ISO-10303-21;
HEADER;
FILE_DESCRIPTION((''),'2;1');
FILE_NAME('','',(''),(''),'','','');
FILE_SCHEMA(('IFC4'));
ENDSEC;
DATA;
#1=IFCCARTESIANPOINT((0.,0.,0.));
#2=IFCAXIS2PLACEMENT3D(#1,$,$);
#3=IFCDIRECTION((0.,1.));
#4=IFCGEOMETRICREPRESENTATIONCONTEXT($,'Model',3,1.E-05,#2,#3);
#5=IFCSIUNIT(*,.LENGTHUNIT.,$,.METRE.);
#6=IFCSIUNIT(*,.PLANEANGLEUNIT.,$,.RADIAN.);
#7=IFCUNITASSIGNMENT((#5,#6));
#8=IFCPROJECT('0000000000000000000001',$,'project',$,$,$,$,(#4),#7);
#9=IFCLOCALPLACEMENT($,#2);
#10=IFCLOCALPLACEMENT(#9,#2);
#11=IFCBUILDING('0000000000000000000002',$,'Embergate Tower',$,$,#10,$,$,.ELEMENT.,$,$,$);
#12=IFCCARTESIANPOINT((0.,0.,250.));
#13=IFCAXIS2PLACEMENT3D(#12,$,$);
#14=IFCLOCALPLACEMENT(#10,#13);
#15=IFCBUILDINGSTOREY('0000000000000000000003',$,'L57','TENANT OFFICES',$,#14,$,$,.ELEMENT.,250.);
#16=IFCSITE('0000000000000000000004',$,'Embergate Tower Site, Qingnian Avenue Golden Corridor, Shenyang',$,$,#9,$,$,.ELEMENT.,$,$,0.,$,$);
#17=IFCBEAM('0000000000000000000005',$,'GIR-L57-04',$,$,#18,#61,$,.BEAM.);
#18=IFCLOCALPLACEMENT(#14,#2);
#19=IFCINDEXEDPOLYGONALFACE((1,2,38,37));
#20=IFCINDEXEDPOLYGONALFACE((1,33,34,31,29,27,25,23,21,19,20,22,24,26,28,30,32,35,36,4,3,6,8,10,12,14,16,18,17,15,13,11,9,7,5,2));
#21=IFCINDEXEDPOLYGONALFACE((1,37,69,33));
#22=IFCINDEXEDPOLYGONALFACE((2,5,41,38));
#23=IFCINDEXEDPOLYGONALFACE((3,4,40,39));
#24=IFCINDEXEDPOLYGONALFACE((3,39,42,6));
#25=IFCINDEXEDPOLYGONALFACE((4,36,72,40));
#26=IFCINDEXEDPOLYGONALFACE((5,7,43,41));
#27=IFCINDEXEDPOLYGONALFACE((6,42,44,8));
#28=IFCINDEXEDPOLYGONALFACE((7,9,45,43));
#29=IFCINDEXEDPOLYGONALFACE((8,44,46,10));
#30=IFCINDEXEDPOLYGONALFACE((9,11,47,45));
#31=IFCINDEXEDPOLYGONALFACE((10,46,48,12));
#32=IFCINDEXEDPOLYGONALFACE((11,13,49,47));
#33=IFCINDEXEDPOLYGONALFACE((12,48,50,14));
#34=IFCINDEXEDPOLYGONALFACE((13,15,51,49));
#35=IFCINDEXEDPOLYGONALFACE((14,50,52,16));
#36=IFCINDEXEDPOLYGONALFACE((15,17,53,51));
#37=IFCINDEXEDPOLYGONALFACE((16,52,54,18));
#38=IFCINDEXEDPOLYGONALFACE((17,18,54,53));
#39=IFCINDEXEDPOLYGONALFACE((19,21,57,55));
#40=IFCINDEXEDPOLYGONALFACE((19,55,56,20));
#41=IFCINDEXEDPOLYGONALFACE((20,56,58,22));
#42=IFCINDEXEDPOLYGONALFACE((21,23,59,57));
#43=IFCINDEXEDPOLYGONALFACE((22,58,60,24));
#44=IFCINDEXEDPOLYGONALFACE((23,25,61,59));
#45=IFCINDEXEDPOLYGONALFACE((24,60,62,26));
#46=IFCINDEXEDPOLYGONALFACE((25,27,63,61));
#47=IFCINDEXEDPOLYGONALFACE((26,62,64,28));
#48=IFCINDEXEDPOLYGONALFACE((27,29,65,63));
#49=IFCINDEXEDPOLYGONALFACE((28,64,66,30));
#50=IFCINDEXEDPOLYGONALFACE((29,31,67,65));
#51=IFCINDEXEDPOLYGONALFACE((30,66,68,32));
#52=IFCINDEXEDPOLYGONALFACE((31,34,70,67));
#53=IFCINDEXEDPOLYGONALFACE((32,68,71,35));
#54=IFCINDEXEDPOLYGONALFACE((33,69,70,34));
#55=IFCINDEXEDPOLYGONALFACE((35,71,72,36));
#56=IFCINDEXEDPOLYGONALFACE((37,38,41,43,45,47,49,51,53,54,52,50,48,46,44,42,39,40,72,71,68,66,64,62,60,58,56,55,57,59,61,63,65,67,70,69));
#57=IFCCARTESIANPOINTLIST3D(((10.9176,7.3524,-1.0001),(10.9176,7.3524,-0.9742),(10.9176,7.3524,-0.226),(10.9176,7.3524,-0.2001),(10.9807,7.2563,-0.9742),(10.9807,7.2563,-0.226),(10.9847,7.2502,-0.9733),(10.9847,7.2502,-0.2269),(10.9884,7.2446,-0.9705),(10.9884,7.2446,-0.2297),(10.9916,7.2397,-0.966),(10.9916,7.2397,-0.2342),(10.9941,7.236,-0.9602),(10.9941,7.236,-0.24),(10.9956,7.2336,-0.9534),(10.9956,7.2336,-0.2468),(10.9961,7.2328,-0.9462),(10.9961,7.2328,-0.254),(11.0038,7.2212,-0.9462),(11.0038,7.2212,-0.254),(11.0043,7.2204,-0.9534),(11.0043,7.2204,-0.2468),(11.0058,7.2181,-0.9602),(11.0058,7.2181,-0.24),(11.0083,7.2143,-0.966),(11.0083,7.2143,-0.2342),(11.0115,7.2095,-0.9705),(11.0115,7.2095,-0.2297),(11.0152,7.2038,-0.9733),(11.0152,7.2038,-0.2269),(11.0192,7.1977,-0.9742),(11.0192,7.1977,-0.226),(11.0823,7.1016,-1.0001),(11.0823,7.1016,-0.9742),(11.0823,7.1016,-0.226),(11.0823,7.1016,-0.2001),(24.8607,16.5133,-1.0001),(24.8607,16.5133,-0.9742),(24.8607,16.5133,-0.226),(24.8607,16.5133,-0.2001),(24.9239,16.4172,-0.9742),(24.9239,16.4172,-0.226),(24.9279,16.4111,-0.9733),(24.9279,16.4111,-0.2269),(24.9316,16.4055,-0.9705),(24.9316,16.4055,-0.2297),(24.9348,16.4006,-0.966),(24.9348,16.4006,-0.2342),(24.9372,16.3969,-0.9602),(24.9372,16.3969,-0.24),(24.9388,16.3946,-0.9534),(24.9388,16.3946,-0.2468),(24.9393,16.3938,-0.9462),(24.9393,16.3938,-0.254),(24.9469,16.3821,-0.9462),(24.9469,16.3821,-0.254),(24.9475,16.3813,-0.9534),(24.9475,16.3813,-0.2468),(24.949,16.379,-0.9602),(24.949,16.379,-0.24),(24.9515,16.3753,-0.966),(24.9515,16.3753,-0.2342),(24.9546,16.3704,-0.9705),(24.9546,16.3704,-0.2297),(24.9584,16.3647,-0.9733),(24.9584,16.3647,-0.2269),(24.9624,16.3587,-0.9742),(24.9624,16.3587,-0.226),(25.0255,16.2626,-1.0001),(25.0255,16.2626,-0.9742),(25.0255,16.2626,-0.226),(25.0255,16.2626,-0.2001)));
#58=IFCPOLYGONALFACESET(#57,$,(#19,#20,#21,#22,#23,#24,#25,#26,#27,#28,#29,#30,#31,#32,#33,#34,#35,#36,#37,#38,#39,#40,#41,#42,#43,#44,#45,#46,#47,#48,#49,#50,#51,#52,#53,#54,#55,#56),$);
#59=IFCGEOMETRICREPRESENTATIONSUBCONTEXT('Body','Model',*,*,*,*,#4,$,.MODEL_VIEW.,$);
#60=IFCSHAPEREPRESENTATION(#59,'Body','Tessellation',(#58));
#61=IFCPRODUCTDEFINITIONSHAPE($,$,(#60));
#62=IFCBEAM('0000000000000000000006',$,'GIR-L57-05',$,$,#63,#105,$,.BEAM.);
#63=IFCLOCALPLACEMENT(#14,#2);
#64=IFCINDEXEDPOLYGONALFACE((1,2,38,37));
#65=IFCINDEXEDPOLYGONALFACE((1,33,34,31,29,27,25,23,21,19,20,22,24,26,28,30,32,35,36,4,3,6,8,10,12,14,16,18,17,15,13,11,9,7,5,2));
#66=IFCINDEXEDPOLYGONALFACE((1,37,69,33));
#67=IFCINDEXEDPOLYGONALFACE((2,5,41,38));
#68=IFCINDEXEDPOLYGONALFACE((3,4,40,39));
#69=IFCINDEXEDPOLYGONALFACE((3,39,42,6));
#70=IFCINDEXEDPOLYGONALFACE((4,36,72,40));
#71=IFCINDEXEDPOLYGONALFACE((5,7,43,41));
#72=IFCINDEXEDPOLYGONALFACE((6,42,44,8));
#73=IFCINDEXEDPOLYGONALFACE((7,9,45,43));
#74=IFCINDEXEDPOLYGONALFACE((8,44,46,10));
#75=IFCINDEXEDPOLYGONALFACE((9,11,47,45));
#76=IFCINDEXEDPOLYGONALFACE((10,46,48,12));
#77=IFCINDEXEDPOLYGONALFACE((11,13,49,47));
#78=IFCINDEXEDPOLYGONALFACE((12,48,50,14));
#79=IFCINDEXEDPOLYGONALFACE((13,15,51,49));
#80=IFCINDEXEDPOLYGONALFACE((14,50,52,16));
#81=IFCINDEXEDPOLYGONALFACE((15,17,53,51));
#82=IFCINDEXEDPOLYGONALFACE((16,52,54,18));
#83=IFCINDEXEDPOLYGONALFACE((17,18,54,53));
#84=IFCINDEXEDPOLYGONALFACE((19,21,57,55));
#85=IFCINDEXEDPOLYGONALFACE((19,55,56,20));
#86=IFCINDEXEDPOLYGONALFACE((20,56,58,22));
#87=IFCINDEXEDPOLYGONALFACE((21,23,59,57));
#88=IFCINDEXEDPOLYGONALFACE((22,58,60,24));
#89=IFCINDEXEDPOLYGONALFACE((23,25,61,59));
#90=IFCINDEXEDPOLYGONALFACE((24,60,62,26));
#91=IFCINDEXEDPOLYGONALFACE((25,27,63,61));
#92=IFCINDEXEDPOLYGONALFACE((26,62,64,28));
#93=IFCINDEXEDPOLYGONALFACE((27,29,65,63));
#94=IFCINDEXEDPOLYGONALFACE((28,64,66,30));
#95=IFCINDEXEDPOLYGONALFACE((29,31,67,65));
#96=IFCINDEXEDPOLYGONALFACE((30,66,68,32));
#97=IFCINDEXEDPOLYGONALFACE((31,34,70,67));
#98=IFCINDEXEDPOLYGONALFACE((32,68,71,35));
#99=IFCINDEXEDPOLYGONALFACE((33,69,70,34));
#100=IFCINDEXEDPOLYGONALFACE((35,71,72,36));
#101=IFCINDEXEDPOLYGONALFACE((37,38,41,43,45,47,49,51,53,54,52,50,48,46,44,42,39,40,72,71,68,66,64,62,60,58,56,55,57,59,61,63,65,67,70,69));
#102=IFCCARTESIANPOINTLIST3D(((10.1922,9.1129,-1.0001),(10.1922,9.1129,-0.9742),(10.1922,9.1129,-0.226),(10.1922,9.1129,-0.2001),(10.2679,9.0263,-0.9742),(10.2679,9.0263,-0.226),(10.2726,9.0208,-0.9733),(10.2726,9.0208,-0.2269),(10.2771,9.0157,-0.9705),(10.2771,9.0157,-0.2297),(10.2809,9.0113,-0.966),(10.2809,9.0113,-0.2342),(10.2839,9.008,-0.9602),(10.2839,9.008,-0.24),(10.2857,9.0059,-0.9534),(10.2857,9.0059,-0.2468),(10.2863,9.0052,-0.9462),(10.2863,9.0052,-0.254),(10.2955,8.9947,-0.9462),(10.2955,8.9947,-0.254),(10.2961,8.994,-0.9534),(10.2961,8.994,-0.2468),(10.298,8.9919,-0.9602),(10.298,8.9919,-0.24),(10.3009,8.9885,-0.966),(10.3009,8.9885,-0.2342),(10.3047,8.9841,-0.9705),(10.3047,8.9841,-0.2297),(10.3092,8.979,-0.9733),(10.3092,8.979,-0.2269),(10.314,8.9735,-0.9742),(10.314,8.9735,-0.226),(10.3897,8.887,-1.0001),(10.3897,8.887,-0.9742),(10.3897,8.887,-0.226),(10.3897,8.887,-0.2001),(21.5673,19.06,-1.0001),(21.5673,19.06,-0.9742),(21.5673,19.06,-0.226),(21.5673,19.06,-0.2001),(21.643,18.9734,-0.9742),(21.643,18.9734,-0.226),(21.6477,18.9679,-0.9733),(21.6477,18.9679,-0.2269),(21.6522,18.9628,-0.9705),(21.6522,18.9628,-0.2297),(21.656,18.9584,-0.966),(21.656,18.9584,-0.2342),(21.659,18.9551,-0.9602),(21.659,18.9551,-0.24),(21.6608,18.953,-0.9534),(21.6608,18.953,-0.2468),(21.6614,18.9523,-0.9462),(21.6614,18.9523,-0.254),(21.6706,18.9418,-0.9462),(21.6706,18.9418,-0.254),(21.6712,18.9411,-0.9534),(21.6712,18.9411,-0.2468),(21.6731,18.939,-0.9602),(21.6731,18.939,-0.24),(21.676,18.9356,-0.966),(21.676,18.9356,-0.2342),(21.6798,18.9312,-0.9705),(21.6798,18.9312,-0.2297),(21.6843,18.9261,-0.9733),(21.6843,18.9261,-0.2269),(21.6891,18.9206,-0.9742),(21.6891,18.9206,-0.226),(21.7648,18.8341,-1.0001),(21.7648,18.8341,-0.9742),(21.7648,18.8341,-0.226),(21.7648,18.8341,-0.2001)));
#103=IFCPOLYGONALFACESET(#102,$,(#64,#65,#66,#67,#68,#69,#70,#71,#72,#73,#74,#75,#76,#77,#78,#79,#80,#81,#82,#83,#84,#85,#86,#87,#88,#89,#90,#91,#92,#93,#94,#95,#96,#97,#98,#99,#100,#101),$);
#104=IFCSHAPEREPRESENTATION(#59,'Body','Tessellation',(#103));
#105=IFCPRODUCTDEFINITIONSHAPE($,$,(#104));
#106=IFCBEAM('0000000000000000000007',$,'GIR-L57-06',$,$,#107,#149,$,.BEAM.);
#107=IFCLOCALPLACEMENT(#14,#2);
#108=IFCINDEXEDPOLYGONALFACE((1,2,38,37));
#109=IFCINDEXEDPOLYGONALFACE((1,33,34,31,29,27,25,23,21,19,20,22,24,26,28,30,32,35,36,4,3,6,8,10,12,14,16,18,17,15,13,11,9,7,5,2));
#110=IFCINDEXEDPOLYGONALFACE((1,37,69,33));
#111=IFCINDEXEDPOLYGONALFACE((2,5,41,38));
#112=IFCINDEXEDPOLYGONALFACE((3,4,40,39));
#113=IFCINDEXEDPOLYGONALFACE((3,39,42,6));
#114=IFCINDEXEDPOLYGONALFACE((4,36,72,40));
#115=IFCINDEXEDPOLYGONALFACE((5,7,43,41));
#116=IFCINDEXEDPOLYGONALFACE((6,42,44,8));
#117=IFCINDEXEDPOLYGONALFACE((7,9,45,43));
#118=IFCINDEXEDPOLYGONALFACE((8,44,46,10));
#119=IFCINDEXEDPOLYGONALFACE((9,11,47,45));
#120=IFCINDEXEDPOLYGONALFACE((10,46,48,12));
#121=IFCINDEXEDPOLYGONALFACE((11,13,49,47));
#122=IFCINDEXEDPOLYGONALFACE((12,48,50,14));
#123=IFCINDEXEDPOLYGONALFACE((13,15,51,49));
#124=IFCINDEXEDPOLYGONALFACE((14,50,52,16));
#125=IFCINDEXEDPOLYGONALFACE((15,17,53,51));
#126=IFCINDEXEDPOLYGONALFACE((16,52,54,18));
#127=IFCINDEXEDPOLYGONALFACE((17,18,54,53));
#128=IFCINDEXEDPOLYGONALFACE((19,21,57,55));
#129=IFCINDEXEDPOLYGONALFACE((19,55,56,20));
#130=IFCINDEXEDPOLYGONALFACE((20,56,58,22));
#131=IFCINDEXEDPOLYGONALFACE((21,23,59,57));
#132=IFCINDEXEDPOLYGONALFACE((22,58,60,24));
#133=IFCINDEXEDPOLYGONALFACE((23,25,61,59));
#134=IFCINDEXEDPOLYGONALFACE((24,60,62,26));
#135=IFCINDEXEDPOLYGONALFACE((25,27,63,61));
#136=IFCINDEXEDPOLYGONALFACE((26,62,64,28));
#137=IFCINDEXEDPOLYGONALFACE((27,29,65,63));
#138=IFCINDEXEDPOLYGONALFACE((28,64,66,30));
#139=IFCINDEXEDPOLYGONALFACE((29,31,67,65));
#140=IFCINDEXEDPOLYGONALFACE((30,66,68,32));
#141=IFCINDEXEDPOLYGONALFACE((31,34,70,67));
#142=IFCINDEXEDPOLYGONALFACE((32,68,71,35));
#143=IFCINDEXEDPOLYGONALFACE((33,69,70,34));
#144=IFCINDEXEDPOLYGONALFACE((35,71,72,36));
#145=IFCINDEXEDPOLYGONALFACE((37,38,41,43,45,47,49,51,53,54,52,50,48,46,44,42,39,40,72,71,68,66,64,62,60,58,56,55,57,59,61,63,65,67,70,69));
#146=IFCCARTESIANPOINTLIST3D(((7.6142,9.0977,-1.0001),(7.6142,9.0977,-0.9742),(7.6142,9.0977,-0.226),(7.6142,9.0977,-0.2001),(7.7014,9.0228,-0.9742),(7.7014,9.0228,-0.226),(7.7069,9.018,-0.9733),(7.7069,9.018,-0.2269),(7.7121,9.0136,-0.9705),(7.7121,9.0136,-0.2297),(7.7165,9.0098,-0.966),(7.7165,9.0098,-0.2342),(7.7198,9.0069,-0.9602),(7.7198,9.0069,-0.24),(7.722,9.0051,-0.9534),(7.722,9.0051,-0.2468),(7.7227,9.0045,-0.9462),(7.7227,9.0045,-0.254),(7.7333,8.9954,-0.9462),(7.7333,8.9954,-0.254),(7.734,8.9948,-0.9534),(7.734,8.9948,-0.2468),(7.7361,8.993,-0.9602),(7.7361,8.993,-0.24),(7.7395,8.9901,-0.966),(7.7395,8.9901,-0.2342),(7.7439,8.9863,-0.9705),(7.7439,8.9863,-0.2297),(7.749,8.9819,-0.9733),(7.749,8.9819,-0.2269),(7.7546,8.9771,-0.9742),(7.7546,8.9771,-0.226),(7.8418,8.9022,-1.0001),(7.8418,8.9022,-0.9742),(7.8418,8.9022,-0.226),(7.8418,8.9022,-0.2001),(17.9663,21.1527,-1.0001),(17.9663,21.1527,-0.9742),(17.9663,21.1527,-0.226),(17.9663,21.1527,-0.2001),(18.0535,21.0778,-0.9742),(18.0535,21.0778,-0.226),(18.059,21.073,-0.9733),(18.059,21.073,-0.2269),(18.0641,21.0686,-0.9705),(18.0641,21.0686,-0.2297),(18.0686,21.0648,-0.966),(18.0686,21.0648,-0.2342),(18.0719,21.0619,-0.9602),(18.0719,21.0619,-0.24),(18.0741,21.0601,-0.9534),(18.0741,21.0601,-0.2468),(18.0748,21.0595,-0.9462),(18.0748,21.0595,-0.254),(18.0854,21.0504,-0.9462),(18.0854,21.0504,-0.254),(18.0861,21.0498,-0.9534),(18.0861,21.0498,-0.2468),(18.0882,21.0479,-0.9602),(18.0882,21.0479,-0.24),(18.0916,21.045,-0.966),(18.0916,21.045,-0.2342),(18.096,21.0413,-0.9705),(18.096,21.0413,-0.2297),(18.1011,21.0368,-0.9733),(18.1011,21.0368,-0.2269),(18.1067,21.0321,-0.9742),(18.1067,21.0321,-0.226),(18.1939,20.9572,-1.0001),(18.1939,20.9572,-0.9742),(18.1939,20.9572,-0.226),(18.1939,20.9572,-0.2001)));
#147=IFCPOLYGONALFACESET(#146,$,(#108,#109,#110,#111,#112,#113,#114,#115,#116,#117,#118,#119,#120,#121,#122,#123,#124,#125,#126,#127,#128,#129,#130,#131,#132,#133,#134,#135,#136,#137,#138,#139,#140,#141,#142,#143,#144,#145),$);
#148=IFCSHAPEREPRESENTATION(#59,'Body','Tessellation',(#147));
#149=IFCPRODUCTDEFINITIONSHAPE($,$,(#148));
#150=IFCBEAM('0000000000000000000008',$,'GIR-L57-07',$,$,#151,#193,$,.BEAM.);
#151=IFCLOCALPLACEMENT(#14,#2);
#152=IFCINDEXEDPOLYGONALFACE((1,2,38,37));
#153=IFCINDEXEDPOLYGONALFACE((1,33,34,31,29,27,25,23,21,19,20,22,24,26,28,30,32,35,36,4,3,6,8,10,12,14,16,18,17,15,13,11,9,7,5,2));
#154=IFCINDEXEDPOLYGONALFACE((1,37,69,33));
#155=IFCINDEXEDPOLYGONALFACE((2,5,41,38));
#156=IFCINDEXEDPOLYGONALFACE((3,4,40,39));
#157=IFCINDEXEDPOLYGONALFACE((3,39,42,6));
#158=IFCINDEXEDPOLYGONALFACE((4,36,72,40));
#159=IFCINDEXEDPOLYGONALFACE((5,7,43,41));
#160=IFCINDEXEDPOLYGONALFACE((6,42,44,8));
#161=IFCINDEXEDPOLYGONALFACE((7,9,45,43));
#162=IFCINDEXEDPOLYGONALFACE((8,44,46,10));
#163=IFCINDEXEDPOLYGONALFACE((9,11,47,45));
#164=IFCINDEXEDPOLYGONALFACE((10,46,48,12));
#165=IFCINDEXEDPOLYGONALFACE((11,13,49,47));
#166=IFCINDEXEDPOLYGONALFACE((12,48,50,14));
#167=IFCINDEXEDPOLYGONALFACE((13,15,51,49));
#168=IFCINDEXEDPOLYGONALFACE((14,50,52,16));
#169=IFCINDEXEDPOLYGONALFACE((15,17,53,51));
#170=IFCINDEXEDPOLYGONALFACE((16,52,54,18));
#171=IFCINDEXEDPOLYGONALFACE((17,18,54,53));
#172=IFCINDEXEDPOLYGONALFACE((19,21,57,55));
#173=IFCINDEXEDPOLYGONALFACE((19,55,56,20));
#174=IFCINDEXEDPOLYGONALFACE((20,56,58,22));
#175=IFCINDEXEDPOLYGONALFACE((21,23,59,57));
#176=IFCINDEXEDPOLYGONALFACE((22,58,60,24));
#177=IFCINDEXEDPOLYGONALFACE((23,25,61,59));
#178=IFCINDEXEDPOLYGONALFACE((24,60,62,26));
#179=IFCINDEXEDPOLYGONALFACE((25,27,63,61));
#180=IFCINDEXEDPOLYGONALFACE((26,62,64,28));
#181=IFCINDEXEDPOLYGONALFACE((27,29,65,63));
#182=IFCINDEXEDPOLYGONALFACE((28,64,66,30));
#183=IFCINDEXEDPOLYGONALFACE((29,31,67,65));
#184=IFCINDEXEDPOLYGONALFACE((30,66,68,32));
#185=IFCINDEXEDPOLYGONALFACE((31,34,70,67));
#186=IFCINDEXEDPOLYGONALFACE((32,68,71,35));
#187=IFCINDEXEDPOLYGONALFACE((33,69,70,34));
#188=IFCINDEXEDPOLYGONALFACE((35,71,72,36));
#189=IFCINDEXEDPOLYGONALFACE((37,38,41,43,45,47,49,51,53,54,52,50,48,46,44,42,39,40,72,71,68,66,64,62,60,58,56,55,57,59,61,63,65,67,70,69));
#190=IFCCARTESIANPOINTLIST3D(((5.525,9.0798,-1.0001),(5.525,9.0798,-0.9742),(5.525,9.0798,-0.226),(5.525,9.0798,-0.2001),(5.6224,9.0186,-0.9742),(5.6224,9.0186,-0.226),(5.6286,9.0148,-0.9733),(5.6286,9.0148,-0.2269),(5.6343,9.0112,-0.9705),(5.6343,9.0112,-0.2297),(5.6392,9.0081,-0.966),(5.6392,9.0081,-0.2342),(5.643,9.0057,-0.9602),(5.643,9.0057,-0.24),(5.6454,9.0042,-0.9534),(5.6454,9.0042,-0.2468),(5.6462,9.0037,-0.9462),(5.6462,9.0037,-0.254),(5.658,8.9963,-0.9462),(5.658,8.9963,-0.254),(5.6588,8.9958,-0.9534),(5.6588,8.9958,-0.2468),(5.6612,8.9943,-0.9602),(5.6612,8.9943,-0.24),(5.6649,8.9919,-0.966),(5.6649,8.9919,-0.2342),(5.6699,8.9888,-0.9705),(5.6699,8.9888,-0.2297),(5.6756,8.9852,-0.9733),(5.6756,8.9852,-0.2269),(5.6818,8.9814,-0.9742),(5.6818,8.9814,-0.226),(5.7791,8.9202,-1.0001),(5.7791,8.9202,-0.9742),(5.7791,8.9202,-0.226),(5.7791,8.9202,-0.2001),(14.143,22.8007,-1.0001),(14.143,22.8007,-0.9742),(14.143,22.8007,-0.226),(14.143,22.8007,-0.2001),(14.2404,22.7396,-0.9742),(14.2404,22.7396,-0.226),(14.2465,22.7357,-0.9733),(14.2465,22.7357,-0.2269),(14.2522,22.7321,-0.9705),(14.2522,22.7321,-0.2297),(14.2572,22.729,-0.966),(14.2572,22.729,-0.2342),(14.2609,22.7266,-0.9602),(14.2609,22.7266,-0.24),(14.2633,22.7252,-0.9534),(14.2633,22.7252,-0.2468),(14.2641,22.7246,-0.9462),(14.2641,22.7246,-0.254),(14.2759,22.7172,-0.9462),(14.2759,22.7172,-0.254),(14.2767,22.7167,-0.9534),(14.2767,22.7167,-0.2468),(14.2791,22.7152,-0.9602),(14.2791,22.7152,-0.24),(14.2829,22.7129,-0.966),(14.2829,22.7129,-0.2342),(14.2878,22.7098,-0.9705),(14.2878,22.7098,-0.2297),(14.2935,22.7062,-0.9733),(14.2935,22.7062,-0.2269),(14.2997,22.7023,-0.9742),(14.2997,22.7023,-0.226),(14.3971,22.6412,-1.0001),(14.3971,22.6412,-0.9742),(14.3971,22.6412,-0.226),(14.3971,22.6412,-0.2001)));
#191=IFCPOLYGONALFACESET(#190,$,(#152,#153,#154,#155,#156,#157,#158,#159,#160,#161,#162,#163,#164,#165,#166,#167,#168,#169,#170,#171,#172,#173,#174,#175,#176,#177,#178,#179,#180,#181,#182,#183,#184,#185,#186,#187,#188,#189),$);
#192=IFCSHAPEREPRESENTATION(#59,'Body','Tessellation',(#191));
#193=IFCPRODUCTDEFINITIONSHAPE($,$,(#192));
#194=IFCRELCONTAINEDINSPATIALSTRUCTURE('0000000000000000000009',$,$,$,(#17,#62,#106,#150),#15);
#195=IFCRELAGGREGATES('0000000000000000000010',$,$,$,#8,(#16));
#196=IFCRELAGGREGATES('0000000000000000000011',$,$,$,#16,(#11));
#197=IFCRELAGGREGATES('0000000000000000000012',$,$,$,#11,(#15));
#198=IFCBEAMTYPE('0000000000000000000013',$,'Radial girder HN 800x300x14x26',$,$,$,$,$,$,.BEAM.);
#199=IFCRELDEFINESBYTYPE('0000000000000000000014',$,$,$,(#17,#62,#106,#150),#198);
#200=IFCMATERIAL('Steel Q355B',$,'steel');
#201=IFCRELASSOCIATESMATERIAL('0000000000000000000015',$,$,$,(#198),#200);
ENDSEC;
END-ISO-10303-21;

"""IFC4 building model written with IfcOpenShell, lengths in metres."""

from ifc_helpers import new_model, si_unit, direction, frame, origin, origin_2d, place, context, subcontext, project, spatial, i_section, extrude, source, transform, mapped, material, material_profile, profile_set, type_object, element, save


model = new_model("IFC4")

# Units and contexts
model_context = context("Model", 3, precision=1e-05, world=origin(), true_north=direction((0.0, 1.0)))
body_context = subcontext(model_context, "Body", "Model", "MODEL_VIEW")
ifc_project = project(units=[si_unit("LENGTHUNIT", "METRE"), si_unit("PLANEANGLEUNIT", "RADIAN")], contexts=[model_context])

# Site, building, storey
site_placement = place(None, origin())
site = spatial("IfcSite", under=ifc_project, at=site_placement, Name="Embergate Tower Site, Qingnian Avenue Golden Corridor, Shenyang", CompositionType="ELEMENT", RefElevation=0.0)
building_placement = place(site_placement, origin())
building = spatial("IfcBuilding", under=site, at=building_placement, Name="Embergate Tower", CompositionType="ELEMENT")
storey_placement = place(building_placement, frame((0.0, 0.0, 250.0)))
storey = spatial("IfcBuildingStorey", under=building, at=storey_placement, Name="L57", Description="TENANT OFFICES", CompositionType="ELEMENT", Elevation=250.0)

# Beams
ifc_material_1 = material(Name="Steel Q355B", Category="steel")
ifc_material_profile_1 = material_profile(ifc_material_1, i_section(OverallWidth=0.3, OverallDepth=0.8, WebThickness=0.0139, FlangeThickness=0.0259, FilletRadius=0.0281, at=origin_2d()), Name="HN 800x300x14x26")
ifc_profile_set_1 = profile_set([ifc_material_profile_1], Name="Steel Q355 grade B")
beam_type_1 = type_object("IfcBeamType", Name="Radial girder HN 800x300x14x26", PredefinedType="BEAM", material=ifc_profile_set_1)
shared_shape_1 = source(origin(), body_context, "Body", "SweptSolid", [
    extrude(i_section(OverallWidth=0.3, OverallDepth=0.8, WebThickness=0.0139, FlangeThickness=0.0259, FilletRadius=0.0281, at=origin_2d()), origin(), (0.0, 0.0, 1.0), 16.6833),
])
beam_1_placement = place(storey_placement, frame((24.9431, 16.3879, -0.6001), z_axis=(-0.835753, -0.549105, 0.0), x_axis=(0.549105, -0.835753, 0.0)))
element("IfcBeam", 1, at=beam_1_placement, inside=storey, type_object=beam_type_1, Name="GIR-L57-04", PredefinedType="BEAM", context=body_context, shape_type="MappedRepresentation", body=[
    mapped(shared_shape_1, transform((0.0, 0.0, 0.0))),
])
shared_shape_2 = source(origin(), body_context, "Body", "SweptSolid", [
    extrude(i_section(OverallWidth=0.3, OverallDepth=0.8, WebThickness=0.0139, FlangeThickness=0.0259, FilletRadius=0.0281, at=origin_2d()), origin(), (0.0, 0.0, 1.0), 15.1108),
])
beam_2_placement = place(storey_placement, frame((21.666, 18.947, -0.6001), z_axis=(-0.752777, -0.658276, 0.0), x_axis=(0.658276, -0.752777, 0.0)))
element("IfcBeam", 2, at=beam_2_placement, inside=storey, type_object=beam_type_1, Name="GIR-L57-05", PredefinedType="BEAM", context=body_context, shape_type="MappedRepresentation", body=[
    mapped(shared_shape_2, transform((0.0, 0.0, 0.0))),
])
shared_shape_3 = source(origin(), body_context, "Body", "SweptSolid", [
    extrude(i_section(OverallWidth=0.3, OverallDepth=0.8, WebThickness=0.0139, FlangeThickness=0.0259, FilletRadius=0.0281, at=origin_2d()), origin(), (0.0, 0.0, 1.0), 15.8899),
])
beam_3_placement = place(storey_placement, frame((18.0801, 21.0549, -0.6001), z_axis=(-0.65149, -0.758658, 0.0), x_axis=(0.758658, -0.65149, 0.0)))
element("IfcBeam", 3, at=beam_3_placement, inside=storey, type_object=beam_type_1, Name="GIR-L57-06", PredefinedType="BEAM", context=body_context, shape_type="MappedRepresentation", body=[
    mapped(shared_shape_3, transform((0.0, 0.0, 0.0))),
])
shared_shape_4 = source(origin(), body_context, "Body", "SweptSolid", [
    extrude(i_section(OverallWidth=0.3, OverallDepth=0.8, WebThickness=0.0139, FlangeThickness=0.0259, FilletRadius=0.0281, at=origin_2d()), origin(), (0.0, 0.0, 1.0), 16.2029),
])
beam_4_placement = place(storey_placement, frame((14.27, 22.7209, -0.6001), z_axis=(-0.531876, -0.846822, 0.0), x_axis=(0.846822, -0.531876, 0.0)))
element("IfcBeam", 4, at=beam_4_placement, inside=storey, type_object=beam_type_1, Name="GIR-L57-07", PredefinedType="BEAM", context=body_context, shape_type="MappedRepresentation", body=[
    mapped(shared_shape_4, transform((0.0, 0.0, 0.0))),
])

save(model, "model.ifc")
